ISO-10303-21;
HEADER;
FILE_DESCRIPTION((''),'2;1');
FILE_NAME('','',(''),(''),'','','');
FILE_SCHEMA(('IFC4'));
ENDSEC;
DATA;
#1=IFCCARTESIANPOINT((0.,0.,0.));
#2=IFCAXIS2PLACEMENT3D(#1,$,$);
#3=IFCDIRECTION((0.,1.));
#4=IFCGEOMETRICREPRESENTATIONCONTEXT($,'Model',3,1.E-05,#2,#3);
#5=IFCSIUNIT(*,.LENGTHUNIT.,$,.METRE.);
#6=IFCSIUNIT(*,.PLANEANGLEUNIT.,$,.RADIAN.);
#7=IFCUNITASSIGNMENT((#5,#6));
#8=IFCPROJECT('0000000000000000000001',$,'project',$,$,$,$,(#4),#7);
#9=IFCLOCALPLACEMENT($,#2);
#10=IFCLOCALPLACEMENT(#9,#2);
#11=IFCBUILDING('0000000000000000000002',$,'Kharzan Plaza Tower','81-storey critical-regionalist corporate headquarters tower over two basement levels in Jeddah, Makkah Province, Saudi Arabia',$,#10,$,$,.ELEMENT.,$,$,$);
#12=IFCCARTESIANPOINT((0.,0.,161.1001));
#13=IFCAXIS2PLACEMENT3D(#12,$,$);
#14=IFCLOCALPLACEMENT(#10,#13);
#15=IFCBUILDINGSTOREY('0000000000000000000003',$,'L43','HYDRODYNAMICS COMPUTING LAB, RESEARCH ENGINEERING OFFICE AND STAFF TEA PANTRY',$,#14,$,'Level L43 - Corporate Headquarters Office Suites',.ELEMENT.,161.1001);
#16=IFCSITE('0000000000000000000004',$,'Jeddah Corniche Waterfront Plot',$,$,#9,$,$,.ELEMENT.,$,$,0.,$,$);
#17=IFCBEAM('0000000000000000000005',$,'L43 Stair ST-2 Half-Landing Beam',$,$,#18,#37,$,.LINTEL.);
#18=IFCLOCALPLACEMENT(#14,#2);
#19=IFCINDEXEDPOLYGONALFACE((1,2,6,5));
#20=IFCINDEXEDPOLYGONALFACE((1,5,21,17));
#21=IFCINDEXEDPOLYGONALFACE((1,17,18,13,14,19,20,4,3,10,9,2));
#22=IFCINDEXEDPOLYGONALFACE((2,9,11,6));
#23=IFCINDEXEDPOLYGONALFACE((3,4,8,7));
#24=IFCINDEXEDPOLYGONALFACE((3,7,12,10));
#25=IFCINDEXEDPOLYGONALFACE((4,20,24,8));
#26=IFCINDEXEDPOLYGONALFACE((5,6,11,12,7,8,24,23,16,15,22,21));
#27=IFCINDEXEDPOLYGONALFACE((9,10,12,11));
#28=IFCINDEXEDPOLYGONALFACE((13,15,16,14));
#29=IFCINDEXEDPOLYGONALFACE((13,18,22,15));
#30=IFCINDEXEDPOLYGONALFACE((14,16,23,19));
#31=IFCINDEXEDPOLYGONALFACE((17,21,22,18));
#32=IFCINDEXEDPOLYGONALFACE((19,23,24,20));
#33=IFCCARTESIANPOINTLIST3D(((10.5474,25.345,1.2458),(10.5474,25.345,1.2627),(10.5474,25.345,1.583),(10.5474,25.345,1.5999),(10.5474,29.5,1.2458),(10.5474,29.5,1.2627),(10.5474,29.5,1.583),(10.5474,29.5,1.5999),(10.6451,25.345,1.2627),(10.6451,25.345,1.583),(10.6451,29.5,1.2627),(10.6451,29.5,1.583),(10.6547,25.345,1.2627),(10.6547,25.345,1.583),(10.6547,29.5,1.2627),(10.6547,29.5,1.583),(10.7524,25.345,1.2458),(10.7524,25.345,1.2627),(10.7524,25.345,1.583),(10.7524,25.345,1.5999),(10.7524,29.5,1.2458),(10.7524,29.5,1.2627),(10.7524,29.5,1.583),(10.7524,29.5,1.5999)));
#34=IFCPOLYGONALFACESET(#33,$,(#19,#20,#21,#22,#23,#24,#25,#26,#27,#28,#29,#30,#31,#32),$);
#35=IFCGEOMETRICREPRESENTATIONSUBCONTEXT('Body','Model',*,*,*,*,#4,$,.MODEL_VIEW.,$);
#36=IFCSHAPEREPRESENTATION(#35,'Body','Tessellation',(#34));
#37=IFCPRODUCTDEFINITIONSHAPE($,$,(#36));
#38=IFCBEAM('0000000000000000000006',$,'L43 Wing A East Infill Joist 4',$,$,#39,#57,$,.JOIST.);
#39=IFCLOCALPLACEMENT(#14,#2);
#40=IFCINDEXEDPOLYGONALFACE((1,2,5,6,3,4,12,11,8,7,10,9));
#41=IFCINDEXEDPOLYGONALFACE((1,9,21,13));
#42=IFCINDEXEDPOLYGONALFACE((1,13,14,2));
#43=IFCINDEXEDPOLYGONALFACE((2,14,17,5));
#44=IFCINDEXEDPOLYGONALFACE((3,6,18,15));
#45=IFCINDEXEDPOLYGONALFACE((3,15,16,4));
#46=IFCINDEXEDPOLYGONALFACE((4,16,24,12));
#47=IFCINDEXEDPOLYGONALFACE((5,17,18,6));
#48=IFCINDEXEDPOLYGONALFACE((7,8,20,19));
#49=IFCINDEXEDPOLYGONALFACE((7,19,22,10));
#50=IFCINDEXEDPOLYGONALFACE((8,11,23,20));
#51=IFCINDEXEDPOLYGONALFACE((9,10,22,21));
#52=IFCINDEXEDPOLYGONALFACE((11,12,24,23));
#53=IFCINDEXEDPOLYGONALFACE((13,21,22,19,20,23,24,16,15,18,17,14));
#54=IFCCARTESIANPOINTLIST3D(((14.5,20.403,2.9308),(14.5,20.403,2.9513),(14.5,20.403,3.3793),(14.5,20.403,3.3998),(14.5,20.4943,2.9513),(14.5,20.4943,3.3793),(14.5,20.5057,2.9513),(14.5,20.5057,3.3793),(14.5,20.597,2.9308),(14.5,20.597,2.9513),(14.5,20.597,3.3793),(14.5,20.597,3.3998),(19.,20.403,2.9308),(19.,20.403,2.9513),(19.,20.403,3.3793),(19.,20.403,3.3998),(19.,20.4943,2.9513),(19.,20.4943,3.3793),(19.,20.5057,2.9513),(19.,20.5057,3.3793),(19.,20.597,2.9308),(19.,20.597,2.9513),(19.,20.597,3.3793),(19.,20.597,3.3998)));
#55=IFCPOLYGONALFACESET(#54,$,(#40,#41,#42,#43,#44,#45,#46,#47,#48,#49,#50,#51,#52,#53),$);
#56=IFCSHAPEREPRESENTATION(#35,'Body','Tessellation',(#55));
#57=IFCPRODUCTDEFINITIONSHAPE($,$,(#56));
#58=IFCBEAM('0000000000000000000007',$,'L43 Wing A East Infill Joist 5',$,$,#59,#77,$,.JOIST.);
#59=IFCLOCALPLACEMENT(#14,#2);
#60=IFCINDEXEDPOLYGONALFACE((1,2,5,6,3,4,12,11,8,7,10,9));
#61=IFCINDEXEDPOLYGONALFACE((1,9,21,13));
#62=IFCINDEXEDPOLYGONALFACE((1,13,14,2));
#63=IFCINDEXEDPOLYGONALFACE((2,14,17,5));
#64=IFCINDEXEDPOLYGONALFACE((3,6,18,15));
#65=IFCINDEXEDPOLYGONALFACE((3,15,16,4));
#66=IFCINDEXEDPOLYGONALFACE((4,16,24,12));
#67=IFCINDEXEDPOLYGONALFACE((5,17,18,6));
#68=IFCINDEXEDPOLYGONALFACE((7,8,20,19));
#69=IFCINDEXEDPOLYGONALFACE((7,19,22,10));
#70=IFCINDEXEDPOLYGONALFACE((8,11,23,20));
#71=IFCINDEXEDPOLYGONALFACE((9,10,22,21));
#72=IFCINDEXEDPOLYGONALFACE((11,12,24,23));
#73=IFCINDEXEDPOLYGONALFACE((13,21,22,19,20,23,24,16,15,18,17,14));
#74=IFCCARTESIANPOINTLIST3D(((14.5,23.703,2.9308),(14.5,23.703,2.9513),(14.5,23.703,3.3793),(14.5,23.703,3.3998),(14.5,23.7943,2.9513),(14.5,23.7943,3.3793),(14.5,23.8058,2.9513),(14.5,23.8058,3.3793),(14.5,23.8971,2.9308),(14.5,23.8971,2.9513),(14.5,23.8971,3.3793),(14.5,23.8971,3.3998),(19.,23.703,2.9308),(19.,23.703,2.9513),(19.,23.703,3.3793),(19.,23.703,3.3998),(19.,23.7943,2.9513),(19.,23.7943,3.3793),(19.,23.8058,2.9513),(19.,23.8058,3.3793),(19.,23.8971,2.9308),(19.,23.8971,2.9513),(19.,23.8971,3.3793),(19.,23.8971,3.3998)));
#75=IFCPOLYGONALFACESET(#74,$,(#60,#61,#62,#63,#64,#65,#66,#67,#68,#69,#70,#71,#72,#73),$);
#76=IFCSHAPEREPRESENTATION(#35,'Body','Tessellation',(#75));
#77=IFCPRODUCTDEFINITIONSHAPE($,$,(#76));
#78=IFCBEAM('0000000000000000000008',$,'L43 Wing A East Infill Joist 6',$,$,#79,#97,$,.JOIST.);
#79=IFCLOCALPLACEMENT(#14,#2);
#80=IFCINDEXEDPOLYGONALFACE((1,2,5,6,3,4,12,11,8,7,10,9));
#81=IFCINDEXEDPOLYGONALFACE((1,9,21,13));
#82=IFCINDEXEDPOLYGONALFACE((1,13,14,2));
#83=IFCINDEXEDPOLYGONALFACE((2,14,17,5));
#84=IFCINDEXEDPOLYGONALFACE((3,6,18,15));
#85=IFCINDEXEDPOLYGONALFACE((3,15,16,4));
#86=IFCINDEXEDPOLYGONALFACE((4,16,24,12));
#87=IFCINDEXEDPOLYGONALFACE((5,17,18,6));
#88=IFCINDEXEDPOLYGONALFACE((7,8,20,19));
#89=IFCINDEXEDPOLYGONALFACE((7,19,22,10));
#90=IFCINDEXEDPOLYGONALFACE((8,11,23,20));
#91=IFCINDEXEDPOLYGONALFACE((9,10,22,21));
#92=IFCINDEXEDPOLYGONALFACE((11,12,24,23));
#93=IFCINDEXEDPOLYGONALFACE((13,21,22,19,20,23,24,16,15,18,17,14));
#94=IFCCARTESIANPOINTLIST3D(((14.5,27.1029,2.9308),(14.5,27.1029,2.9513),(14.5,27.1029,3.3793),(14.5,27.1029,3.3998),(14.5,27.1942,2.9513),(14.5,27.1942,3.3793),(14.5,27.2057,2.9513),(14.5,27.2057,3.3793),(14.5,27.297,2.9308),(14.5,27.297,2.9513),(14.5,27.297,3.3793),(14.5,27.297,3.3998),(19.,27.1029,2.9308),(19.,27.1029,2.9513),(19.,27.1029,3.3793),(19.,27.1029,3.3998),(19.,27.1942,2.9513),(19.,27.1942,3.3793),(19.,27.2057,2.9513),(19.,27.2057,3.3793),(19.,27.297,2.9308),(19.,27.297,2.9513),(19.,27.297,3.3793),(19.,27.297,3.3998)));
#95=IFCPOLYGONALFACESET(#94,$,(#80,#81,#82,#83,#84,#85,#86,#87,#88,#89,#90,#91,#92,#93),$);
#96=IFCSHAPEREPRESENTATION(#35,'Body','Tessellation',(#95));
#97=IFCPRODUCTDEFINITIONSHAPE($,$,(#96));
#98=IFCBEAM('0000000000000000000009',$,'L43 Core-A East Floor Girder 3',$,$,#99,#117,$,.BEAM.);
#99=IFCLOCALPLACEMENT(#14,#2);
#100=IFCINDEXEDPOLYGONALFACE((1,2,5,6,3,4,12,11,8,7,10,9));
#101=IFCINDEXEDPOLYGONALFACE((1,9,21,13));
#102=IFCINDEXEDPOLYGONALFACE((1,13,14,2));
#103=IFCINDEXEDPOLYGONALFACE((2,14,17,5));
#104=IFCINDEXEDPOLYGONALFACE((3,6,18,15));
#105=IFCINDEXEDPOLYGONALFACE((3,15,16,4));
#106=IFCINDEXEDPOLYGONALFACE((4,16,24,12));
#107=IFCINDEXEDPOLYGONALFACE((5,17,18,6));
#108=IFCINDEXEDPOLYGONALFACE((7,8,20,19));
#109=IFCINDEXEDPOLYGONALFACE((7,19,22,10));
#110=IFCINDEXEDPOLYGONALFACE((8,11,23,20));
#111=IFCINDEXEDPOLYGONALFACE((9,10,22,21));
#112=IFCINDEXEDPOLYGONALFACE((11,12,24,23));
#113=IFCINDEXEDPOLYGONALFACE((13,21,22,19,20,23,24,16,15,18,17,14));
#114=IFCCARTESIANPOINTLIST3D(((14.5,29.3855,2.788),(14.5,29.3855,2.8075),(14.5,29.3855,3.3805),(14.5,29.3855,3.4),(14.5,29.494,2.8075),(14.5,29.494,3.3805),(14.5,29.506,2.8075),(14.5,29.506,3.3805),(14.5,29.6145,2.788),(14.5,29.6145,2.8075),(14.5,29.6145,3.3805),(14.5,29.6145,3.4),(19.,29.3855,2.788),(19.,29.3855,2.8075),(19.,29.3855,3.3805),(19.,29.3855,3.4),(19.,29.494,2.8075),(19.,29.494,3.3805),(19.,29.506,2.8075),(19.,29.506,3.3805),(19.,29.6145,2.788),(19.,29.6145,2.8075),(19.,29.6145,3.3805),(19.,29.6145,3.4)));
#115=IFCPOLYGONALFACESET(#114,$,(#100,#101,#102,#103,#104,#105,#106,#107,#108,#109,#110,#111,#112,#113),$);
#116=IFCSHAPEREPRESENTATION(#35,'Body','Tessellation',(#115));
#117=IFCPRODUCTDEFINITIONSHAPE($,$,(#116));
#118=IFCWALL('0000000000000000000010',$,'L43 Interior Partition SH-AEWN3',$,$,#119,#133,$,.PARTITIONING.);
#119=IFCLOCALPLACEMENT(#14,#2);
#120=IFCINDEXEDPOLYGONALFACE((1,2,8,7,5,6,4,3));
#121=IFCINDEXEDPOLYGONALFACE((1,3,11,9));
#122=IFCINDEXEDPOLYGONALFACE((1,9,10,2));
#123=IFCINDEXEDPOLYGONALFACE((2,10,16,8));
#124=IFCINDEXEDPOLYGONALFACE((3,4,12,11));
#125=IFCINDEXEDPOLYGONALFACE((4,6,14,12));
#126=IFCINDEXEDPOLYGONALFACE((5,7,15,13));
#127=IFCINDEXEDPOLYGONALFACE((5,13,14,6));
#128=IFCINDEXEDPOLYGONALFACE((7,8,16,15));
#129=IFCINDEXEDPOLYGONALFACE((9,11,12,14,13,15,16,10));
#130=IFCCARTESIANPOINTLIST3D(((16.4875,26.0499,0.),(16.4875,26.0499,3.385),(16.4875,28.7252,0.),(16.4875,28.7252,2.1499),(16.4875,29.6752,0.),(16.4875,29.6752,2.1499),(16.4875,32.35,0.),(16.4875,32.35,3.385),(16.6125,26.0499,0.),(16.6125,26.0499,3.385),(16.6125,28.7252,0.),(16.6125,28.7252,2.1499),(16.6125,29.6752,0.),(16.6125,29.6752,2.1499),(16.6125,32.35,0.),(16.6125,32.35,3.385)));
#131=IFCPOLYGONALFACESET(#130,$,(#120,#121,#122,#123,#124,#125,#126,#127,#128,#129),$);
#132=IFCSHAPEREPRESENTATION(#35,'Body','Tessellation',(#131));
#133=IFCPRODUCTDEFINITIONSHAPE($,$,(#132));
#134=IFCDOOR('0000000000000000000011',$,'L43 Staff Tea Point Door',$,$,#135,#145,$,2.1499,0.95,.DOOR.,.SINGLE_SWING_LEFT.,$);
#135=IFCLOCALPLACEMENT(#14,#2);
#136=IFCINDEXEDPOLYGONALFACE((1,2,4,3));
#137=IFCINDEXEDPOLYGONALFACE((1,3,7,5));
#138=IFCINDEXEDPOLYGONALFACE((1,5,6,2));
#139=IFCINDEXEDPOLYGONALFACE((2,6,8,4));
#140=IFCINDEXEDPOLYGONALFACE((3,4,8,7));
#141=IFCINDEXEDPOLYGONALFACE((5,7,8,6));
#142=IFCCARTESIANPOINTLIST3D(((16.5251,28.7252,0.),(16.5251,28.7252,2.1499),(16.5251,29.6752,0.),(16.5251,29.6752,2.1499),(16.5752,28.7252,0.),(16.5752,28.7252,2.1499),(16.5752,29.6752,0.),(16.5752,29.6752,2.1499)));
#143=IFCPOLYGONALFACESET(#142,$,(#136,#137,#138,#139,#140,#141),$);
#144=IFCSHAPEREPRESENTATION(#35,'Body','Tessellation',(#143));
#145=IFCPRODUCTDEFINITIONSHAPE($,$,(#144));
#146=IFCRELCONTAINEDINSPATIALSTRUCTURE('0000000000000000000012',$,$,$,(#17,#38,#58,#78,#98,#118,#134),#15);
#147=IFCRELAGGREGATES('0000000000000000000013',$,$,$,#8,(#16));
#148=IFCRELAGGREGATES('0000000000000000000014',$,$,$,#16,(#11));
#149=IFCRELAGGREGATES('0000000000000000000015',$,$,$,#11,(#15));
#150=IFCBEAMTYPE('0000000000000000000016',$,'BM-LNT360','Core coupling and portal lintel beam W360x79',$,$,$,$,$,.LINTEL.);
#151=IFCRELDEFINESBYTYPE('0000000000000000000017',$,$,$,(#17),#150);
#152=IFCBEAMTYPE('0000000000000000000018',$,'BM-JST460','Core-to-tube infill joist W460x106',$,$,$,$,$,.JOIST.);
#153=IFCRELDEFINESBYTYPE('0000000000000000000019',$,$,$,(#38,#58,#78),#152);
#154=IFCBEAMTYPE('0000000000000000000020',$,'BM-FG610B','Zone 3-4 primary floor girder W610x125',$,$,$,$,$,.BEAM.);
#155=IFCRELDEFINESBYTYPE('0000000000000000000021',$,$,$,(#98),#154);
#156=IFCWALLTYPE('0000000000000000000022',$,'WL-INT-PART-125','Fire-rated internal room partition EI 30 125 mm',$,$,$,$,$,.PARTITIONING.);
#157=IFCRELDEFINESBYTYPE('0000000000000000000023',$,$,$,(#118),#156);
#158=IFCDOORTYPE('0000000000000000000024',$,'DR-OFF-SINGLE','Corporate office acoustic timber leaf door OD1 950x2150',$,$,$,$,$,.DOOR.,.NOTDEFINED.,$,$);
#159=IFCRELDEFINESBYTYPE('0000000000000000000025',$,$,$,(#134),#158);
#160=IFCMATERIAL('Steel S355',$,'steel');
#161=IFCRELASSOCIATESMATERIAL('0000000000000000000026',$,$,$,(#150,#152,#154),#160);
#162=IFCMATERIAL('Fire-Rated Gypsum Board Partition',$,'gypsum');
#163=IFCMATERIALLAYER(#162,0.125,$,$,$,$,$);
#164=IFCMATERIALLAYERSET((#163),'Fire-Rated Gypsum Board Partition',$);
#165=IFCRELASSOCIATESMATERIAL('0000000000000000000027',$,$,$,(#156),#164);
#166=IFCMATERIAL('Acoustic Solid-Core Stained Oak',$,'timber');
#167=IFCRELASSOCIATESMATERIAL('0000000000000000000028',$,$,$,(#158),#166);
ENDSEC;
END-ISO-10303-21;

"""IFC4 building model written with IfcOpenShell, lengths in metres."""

from ifc_helpers import new_model, si_unit, direction, frame, frame_2d, origin, origin_2d, place, context, subcontext, project, spatial, rectangle, i_section, extrude, source, transform, mapped, material, layer, layer_set, material_profile, profile_set, type_object, element, fill, save


model = new_model("IFC4")

# Units and contexts
model_context = context("Model", 3, precision=1e-05, world=origin(), true_north=direction((0.0, 1.0)))
body_context = subcontext(model_context, "Body", "Model", "MODEL_VIEW")
ifc_project = project(units=[si_unit("LENGTHUNIT", "METRE"), si_unit("PLANEANGLEUNIT", "RADIAN")], contexts=[model_context])

# Site, building, storey
site_placement = place(None, origin())
site = spatial("IfcSite", under=ifc_project, at=site_placement, Name="Jeddah Corniche Waterfront Plot", CompositionType="ELEMENT", RefElevation=0.0)
building_placement = place(site_placement, origin())
building = spatial("IfcBuilding", under=site, at=building_placement, Name="Kharzan Plaza Tower", Description="81-storey critical-regionalist corporate headquarters tower over two basement levels in Jeddah, Makkah Province, Saudi Arabia", CompositionType="ELEMENT")
storey_placement = place(building_placement, frame((0.0, 0.0, 161.1001)))
storey = spatial("IfcBuildingStorey", under=building, at=storey_placement, Name="L43", Description="HYDRODYNAMICS COMPUTING LAB, RESEARCH ENGINEERING OFFICE AND STAFF TEA PANTRY", LongName="Level L43 - Corporate Headquarters Office Suites", CompositionType="ELEMENT", Elevation=161.1001)

# Beams
ifc_material_1 = material(Name="Steel S355", Category="steel")
ifc_material_profile_1 = material_profile(ifc_material_1, i_section(OverallWidth=0.2051, OverallDepth=0.354, WebThickness=0.0095, FlangeThickness=0.0168, at=origin_2d()), Name="W360x79")
ifc_profile_set_1 = profile_set([ifc_material_profile_1], Name="Steel S355")
beam_type_1 = type_object("IfcBeamType", Name="BM-LNT360", Description="Core coupling and portal lintel beam W360x79", PredefinedType="LINTEL", material=ifc_profile_set_1)
shared_shape_1 = source(origin(), body_context, "Body", "SweptSolid", [
    extrude(i_section(OverallWidth=0.2051, OverallDepth=0.354, WebThickness=0.0095, FlangeThickness=0.0168, at=origin_2d()), origin(), (0.0, 0.0, 1.0), 4.155),
])
beam_1_placement = place(storey_placement, frame((10.6499, 25.345, 1.4229), z_axis=(0.0, 1.0, 0.0), x_axis=(-1.0, 0.0, 0.0)))
element("IfcBeam", 1, at=beam_1_placement, inside=storey, type_object=beam_type_1, Name="L43 Stair ST-2 Half-Landing Beam", PredefinedType="LINTEL", context=body_context, shape_type="MappedRepresentation", body=[
    mapped(shared_shape_1, transform((0.0, 0.0, 0.0), x_axis=(1.0, 0.0, 0.0), y_axis=(0.0, 1.0, 0.0), z_axis=(0.0, 0.0, 1.0))),
])
ifc_material_profile_2 = material_profile(ifc_material_1, i_section(OverallWidth=0.1941, OverallDepth=0.469, WebThickness=0.0115, FlangeThickness=0.0205, at=origin_2d()), Name="W460x106")
ifc_profile_set_2 = profile_set([ifc_material_profile_2], Name="Steel S355")
beam_type_2 = type_object("IfcBeamType", Name="BM-JST460", Description="Core-to-tube infill joist W460x106", PredefinedType="JOIST", material=ifc_profile_set_2)
shared_shape_2 = source(origin(), body_context, "Body", "SweptSolid", [
    extrude(i_section(OverallWidth=0.1941, OverallDepth=0.469, WebThickness=0.0115, FlangeThickness=0.0205, at=origin_2d()), origin(), (0.0, 0.0, 1.0), 4.5),
])
for number, where, z_axis, x_axis, name in (
    (2, (14.5, 20.5, 3.1653), (1.0, 0.0, 0.0), (0.0, 1.0, 0.0), "L43 Wing A East Infill Joist 4"),
    (3, (14.5, 23.8, 3.1653), (1.0, 0.0, 0.0), (0.0, 1.0, 0.0), "L43 Wing A East Infill Joist 5"),
    (4, (14.5, 27.2, 3.1653), (1.0, 0.0, 0.0), (0.0, 1.0, 0.0), "L43 Wing A East Infill Joist 6"),
):
    element("IfcBeam", number, at=place(storey_placement, frame(where, z_axis=z_axis, x_axis=x_axis)), inside=storey, type_object=beam_type_2, Name=name, PredefinedType="JOIST", context=body_context, shape_type="MappedRepresentation", body=[
        mapped(shared_shape_2, transform((0.0, 0.0, 0.0), x_axis=(1.0, 0.0, 0.0), y_axis=(0.0, 1.0, 0.0), z_axis=(0.0, 0.0, 1.0))),
    ])
ifc_material_profile_3 = material_profile(ifc_material_1, i_section(OverallWidth=0.229, OverallDepth=0.6121, WebThickness=0.012, FlangeThickness=0.0195, at=origin_2d()), Name="W610x125")
ifc_profile_set_3 = profile_set([ifc_material_profile_3], Name="Steel S355")
beam_type_3 = type_object("IfcBeamType", Name="BM-FG610B", Description="Zone 3-4 primary floor girder W610x125", PredefinedType="BEAM", material=ifc_profile_set_3)
shared_shape_3 = source(origin(), body_context, "Body", "SweptSolid", [
    extrude(i_section(OverallWidth=0.229, OverallDepth=0.6121, WebThickness=0.012, FlangeThickness=0.0195, at=origin_2d()), origin(), (0.0, 0.0, 1.0), 4.5),
])
beam_2_placement = place(storey_placement, frame((14.5, 29.5, 3.094), z_axis=(1.0, 0.0, 0.0), x_axis=(0.0, 1.0, 0.0)))
element("IfcBeam", 5, at=beam_2_placement, inside=storey, type_object=beam_type_3, Name="L43 Core-A East Floor Girder 3", PredefinedType="BEAM", context=body_context, shape_type="MappedRepresentation", body=[
    mapped(shared_shape_3, transform((0.0, 0.0, 0.0), x_axis=(1.0, 0.0, 0.0), y_axis=(0.0, 1.0, 0.0), z_axis=(0.0, 0.0, 1.0))),
])

# Wall, opening, door
ifc_material_2 = material(Name="Fire-Rated Gypsum Board Partition", Category="gypsum")
ifc_layer_1 = layer(ifc_material_2, 0.125)
ifc_layer_set_1 = layer_set([ifc_layer_1], Name="Fire-Rated Gypsum Board Partition")
wall_type_1 = type_object("IfcWallType", Name="WL-INT-PART-125", Description="Fire-rated internal room partition EI 30 125 mm", PredefinedType="PARTITIONING", material=ifc_layer_set_1)
wall_1_placement = place(storey_placement, frame((16.55, 26.05, 0.0), z_axis=(0.0, 0.0, 1.0), x_axis=(0.0, 1.0, 0.0)))
wall_1 = element("IfcWall", 6, at=wall_1_placement, inside=storey, type_object=wall_type_1, Name="L43 Interior Partition SH-AEWN3", PredefinedType="PARTITIONING", context=body_context, shape_type="SweptSolid", body=[
    extrude(rectangle(XDim=6.3, YDim=0.125, at=frame_2d((3.1499, 0.0))), origin(), (0.0, 0.0, 1.0), 3.385),
])
opening_1_placement = place(wall_1_placement, frame((2.675, 0.0, 0.0)))
opening_1 = element("IfcOpeningElement", 7, at=opening_1_placement, cuts=wall_1, PredefinedType="OPENING", context=body_context, shape_type="SweptSolid", body=[
    extrude(rectangle(XDim=0.95, YDim=2.1499, at=frame_2d((0.4751, 1.075))), frame((0.0, 0.0725, 0.0), z_axis=(0.0, -1.0, 0.0), x_axis=(1.0, 0.0, 0.0)), (0.0, 0.0, 1.0), 0.145),
])
ifc_material_3 = material(Name="Acoustic Solid-Core Stained Oak", Category="timber")
door_type_1 = type_object("IfcDoorType", Name="DR-OFF-SINGLE", Description="Corporate office acoustic timber leaf door OD1 950x2150", OperationType="NOTDEFINED", PredefinedType="DOOR", material=ifc_material_3)
shared_shape_4 = source(origin(), body_context, "Body", "SweptSolid", [
    extrude(rectangle(XDim=0.95, YDim=2.1499, at=frame_2d((0.4751, 1.075))), frame((0.0, 0.0249, 0.0), z_axis=(0.0, -1.0, 0.0), x_axis=(1.0, 0.0, 0.0)), (0.0, 0.0, 1.0), 0.05),
])
door_1_placement = place(opening_1_placement, origin())
door_1 = element("IfcDoor", 8, at=door_1_placement, inside=storey, type_object=door_type_1, Name="L43 Staff Tea Point Door", OperationType="SINGLE_SWING_LEFT", OverallHeight=2.1499, OverallWidth=0.95, PredefinedType="DOOR", context=body_context, shape_type="MappedRepresentation", body=[
    mapped(shared_shape_4, transform((0.0, 0.0, 0.0), x_axis=(1.0, 0.0, 0.0), y_axis=(0.0, 1.0, 0.0), z_axis=(0.0, 0.0, 1.0))),
])
fill(opening_1, door_1)

save(model, "model.ifc")
